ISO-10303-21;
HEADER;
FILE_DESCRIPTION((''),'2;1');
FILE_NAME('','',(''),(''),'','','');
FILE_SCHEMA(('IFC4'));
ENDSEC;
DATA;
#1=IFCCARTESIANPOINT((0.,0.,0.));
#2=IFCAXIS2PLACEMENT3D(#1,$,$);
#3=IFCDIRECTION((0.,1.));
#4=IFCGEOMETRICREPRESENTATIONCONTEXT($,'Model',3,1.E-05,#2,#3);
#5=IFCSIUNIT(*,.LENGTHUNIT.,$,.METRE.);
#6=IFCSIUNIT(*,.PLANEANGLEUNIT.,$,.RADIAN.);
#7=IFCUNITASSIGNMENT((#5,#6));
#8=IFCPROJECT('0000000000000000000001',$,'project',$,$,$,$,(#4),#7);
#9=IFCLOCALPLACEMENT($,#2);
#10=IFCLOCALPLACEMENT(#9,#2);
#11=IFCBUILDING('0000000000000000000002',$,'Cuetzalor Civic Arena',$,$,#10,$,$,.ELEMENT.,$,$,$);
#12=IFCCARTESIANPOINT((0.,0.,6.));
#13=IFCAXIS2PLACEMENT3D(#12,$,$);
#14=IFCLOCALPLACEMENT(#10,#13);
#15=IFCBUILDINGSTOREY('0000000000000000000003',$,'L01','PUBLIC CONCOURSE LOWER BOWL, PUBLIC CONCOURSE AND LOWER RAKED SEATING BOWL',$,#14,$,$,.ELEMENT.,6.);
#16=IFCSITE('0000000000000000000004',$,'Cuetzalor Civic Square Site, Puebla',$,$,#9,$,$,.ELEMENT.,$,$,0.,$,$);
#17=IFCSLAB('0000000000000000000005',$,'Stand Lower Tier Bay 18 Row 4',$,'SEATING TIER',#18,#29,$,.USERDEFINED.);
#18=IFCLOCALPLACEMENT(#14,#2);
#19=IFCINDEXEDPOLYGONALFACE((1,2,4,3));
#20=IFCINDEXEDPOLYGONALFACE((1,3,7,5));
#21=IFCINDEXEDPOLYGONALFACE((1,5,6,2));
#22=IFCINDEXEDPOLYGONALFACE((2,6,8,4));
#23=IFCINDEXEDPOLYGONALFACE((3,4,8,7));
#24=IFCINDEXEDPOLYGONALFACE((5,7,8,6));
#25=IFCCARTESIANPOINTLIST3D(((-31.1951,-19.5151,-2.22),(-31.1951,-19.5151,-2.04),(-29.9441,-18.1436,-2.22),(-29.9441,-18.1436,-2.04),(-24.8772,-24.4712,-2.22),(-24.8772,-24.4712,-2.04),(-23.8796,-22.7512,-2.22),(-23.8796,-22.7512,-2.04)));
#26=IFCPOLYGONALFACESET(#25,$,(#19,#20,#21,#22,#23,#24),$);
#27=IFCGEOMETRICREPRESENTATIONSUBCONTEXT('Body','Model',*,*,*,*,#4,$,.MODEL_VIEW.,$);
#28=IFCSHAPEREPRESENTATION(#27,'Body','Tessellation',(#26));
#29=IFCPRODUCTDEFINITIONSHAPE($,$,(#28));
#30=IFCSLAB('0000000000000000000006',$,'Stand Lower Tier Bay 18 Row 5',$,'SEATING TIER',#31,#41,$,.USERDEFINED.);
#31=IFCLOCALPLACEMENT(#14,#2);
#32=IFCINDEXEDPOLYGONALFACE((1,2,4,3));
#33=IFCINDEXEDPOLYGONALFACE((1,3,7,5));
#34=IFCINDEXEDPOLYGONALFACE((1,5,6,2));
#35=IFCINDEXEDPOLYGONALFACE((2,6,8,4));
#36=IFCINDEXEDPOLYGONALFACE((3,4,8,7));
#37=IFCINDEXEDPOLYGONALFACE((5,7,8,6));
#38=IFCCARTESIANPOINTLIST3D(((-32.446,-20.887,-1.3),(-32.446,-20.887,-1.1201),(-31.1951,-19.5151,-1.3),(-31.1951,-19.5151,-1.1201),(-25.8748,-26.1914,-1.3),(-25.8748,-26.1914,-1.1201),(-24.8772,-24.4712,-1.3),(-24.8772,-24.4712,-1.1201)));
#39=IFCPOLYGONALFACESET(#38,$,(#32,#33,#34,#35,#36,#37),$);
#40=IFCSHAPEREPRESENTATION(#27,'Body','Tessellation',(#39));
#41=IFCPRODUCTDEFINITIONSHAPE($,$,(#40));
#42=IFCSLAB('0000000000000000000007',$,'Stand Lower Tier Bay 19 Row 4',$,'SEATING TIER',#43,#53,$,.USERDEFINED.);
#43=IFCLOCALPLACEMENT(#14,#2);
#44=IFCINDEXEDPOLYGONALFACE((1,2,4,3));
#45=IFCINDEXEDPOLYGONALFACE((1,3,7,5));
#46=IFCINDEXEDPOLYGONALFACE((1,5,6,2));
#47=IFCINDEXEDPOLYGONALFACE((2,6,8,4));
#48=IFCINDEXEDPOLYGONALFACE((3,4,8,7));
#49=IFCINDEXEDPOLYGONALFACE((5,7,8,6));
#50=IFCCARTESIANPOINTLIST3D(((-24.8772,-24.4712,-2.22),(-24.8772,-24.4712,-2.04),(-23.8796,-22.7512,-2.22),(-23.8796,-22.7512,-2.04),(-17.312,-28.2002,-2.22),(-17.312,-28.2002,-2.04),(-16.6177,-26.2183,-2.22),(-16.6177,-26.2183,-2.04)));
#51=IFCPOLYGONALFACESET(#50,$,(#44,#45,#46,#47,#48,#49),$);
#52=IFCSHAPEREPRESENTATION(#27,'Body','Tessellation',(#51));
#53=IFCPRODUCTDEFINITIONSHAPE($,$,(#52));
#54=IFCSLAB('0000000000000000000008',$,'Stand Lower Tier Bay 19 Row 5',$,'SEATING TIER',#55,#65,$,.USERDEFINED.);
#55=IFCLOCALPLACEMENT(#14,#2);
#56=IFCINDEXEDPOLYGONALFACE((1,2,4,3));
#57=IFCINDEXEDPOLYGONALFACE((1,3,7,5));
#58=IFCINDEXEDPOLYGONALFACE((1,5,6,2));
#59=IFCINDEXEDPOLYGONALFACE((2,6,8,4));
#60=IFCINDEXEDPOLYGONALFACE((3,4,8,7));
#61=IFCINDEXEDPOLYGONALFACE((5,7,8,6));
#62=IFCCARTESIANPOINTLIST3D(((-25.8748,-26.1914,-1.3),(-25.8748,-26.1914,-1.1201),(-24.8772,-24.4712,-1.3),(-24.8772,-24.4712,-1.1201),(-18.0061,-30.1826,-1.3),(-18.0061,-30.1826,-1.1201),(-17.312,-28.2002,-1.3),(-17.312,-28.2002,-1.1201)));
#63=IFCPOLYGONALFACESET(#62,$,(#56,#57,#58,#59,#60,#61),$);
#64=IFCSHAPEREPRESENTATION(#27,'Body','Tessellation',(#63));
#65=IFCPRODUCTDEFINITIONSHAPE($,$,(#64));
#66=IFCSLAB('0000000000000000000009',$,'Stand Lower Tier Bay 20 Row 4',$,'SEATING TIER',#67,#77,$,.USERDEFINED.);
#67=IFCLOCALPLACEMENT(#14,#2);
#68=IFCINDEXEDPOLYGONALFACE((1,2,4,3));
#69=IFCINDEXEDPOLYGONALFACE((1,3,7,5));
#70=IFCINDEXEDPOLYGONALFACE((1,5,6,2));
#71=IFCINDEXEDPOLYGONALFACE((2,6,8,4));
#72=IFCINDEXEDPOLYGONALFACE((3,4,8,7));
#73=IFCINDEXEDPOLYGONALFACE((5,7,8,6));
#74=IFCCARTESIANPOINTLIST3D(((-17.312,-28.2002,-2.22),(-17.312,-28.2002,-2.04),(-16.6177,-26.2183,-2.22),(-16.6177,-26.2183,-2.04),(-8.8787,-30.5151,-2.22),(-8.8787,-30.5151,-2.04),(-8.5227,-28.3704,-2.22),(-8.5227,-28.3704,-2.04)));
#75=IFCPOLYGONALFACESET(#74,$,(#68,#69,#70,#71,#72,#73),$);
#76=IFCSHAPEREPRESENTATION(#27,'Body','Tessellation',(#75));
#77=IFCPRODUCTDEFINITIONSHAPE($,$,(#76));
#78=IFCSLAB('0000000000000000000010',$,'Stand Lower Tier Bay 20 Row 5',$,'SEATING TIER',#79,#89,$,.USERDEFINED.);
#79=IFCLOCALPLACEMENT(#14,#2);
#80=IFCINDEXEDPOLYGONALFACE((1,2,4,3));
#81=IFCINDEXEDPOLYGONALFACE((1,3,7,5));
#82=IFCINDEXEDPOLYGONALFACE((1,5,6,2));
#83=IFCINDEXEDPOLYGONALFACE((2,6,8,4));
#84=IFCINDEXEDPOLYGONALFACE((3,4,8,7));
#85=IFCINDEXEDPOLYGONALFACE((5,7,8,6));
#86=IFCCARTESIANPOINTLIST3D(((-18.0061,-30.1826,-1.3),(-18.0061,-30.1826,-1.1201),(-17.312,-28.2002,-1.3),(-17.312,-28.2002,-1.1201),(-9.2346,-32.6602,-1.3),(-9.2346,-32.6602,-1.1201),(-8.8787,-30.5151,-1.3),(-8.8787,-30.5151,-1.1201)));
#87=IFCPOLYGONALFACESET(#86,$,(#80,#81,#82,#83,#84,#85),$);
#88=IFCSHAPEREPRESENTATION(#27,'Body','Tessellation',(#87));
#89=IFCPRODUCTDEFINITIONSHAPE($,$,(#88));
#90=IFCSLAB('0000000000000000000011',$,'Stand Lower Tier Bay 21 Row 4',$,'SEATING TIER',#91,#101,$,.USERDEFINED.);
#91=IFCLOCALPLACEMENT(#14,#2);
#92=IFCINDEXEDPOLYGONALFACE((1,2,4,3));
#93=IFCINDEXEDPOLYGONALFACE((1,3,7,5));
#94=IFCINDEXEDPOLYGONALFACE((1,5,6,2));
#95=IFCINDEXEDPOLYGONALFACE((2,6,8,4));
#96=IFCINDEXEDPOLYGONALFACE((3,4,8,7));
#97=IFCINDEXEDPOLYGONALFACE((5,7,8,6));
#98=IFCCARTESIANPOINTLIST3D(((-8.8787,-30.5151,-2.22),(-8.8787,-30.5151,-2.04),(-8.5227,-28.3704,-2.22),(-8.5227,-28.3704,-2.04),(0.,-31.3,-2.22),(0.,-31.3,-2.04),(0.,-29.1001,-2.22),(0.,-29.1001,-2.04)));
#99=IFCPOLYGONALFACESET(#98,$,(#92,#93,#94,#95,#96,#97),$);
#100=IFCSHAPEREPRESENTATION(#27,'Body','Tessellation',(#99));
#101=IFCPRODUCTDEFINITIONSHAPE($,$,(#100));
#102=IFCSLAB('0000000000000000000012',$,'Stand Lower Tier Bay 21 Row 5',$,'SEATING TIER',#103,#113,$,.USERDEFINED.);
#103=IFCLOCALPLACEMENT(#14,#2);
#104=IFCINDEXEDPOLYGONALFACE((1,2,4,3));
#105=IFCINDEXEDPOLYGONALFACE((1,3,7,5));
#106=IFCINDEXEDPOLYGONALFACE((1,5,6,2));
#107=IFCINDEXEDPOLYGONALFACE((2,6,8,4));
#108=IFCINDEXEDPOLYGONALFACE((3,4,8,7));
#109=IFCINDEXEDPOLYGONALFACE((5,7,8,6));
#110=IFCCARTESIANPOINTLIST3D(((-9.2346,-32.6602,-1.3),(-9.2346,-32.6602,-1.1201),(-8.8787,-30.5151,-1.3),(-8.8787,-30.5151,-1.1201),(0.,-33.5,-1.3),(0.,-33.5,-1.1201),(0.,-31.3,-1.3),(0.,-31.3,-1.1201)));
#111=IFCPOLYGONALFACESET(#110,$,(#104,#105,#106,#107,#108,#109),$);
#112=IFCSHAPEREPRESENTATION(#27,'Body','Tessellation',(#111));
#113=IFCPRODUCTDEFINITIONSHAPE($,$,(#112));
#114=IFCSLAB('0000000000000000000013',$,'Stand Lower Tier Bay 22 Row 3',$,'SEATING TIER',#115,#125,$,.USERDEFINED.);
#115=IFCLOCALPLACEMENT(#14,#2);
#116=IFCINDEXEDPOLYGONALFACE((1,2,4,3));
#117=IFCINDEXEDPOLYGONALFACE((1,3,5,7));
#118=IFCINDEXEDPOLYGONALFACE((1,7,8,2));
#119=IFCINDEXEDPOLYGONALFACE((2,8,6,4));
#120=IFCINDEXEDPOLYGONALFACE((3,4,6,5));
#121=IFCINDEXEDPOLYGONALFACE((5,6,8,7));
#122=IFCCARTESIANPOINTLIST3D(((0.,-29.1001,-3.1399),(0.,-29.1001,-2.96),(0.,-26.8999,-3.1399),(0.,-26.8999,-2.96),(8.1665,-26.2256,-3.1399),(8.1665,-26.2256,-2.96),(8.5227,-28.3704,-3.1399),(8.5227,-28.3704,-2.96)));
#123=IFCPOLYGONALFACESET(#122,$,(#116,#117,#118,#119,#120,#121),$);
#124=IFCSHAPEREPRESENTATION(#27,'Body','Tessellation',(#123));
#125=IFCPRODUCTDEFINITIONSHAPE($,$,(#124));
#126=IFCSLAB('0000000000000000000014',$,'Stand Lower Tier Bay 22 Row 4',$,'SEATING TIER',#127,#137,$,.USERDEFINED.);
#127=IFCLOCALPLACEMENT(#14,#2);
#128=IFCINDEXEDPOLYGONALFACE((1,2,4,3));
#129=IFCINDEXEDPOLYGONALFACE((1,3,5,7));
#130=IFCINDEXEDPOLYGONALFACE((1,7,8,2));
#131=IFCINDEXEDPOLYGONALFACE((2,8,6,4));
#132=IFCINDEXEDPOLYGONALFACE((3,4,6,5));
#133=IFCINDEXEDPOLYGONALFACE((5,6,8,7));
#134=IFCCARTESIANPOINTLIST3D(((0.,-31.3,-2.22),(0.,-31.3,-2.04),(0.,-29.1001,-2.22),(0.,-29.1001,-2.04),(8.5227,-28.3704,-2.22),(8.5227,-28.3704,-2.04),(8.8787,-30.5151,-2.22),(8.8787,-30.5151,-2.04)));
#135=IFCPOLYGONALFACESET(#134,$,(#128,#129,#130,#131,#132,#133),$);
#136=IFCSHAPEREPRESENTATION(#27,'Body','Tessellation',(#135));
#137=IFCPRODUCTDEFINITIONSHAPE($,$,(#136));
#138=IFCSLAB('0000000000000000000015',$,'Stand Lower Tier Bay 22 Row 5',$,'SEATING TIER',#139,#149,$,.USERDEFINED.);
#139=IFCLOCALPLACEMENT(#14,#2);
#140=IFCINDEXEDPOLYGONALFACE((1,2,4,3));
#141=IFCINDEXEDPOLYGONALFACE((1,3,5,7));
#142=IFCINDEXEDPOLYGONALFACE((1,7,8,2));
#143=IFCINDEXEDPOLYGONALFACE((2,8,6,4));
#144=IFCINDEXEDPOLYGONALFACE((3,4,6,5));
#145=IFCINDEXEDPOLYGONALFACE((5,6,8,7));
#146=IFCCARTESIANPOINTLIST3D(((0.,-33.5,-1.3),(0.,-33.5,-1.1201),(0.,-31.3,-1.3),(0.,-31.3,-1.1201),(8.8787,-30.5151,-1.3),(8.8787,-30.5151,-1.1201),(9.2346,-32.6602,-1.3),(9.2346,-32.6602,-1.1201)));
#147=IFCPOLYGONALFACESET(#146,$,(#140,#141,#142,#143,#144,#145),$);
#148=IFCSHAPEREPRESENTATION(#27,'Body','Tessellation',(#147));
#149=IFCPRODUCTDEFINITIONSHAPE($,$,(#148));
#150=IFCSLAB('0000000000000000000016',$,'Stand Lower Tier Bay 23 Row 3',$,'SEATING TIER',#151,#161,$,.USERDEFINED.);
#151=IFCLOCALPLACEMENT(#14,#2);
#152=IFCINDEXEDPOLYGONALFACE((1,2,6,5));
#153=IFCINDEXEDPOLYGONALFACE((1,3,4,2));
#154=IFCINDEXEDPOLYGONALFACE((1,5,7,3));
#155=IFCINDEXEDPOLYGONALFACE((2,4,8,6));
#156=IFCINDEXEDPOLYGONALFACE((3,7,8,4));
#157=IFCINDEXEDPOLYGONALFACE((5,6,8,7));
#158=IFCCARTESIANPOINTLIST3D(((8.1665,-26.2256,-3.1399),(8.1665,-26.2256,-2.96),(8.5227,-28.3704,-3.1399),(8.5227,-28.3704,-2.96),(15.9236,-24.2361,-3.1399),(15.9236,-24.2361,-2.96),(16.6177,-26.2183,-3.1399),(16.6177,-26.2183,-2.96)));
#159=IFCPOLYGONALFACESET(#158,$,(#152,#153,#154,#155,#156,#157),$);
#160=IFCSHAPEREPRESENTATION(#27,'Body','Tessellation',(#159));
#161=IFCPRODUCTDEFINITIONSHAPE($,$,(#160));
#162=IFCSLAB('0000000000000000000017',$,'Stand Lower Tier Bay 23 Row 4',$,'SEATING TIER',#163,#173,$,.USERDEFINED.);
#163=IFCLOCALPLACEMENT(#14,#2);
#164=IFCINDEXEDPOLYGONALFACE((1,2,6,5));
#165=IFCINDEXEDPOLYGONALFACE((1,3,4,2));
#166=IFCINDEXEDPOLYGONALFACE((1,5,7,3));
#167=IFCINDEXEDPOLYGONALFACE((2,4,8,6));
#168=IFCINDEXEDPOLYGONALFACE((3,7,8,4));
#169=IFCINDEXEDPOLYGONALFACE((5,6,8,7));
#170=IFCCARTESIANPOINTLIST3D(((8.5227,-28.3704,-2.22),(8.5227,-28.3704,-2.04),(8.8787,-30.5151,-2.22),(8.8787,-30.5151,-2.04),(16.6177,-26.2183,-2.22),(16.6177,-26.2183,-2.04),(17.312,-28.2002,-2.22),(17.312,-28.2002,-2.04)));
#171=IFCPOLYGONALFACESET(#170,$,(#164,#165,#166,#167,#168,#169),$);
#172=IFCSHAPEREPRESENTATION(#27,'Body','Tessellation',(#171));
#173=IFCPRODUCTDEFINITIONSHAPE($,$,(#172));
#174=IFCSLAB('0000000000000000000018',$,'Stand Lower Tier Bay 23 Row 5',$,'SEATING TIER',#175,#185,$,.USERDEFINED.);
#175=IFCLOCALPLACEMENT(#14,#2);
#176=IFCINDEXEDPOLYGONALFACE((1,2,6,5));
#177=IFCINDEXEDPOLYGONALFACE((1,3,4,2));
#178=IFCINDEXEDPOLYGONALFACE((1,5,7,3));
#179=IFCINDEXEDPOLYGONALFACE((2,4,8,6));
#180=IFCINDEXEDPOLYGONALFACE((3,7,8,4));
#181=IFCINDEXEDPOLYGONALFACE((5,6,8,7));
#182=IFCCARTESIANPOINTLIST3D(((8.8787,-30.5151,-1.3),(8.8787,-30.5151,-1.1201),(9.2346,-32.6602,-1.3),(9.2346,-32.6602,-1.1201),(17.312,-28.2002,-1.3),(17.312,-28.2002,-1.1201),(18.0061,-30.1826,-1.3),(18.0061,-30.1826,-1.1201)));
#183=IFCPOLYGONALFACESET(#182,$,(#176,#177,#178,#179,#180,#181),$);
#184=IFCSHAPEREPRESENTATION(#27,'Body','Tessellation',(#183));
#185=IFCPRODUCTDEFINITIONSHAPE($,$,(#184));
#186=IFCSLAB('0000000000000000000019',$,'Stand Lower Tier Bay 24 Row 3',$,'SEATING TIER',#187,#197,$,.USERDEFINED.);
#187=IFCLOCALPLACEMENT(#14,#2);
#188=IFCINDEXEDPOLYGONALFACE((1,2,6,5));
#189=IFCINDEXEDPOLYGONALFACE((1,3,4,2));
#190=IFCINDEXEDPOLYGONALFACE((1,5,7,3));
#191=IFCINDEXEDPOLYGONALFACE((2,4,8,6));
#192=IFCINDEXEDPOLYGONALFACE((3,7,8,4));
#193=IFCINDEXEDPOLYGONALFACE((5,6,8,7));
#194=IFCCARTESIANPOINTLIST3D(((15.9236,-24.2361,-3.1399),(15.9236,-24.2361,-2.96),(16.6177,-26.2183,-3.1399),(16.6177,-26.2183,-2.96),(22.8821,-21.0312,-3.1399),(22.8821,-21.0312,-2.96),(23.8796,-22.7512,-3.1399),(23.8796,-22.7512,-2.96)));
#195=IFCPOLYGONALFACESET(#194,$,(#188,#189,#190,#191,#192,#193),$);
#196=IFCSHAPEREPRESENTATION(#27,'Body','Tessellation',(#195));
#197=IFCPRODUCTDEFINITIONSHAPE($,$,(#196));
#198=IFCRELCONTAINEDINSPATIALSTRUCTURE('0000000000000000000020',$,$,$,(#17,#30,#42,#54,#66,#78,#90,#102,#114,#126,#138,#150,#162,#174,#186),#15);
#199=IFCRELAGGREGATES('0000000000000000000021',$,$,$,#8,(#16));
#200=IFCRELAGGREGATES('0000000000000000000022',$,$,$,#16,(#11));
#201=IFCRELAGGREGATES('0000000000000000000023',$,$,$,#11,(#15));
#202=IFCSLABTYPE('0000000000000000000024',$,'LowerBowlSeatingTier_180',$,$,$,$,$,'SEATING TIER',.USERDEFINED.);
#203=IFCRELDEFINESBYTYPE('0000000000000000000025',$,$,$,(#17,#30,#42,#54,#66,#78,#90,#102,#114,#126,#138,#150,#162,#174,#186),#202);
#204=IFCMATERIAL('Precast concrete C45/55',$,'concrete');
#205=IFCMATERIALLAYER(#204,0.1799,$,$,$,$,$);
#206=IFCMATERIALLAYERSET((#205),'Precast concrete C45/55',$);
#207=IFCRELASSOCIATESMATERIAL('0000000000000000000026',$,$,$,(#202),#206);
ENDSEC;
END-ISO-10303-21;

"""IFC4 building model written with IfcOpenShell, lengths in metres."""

from ifc_helpers import new_model, si_unit, direction, frame, origin, place, context, subcontext, project, spatial, polyline, outline, extrude, material, layer, layer_set, type_object, element, save


model = new_model("IFC4")

# Units and contexts
model_context = context("Model", 3, precision=1e-05, world=origin(), true_north=direction((0.0, 1.0)))
body_context = subcontext(model_context, "Body", "Model", "MODEL_VIEW")
ifc_project = project(units=[si_unit("LENGTHUNIT", "METRE"), si_unit("PLANEANGLEUNIT", "RADIAN")], contexts=[model_context])

# Site, building, storey
site_placement = place(None, origin())
site = spatial("IfcSite", under=ifc_project, at=site_placement, Name="Cuetzalor Civic Square Site, Puebla", CompositionType="ELEMENT", RefElevation=0.0)
building_placement = place(site_placement, origin())
building = spatial("IfcBuilding", under=site, at=building_placement, Name="Cuetzalor Civic Arena", CompositionType="ELEMENT")
storey_placement = place(building_placement, frame((0.0, 0.0, 6.0)))
storey = spatial("IfcBuildingStorey", under=building, at=storey_placement, Name="L01", Description="PUBLIC CONCOURSE LOWER BOWL, PUBLIC CONCOURSE AND LOWER RAKED SEATING BOWL", CompositionType="ELEMENT", Elevation=6.0)

# Slabs
ifc_material = material(Name="Precast concrete C45/55", Category="concrete")
ifc_layer = layer(ifc_material, 0.1799)
ifc_layer_set = layer_set([ifc_layer], Name="Precast concrete C45/55")
slab_type = type_object("IfcSlabType", Name="LowerBowlSeatingTier_180", ElementType="SEATING TIER", PredefinedType="USERDEFINED", material=ifc_layer_set)
slab_1_placement = place(storey_placement, frame((0.0, 0.0, -2.22)))
element("IfcSlab", 1, at=slab_1_placement, inside=storey, type_object=slab_type, Name="Stand Lower Tier Bay 18 Row 4", ObjectType="SEATING TIER", PredefinedType="USERDEFINED", context=body_context, shape_type="SweptSolid", body=[
    extrude(outline(polyline([(-29.9441, -18.1436), (-23.8796, -22.7512), (-24.8772, -24.4712), (-31.1951, -19.5151), (-29.9441, -18.1436)])), origin(), (0.0, 0.0, 1.0), 0.1799),
])
slab_2_placement = place(storey_placement, frame((0.0, 0.0, -1.3)))
element("IfcSlab", 2, at=slab_2_placement, inside=storey, type_object=slab_type, Name="Stand Lower Tier Bay 18 Row 5", ObjectType="SEATING TIER", PredefinedType="USERDEFINED", context=body_context, shape_type="SweptSolid", body=[
    extrude(outline(polyline([(-31.1951, -19.5151), (-24.8772, -24.4712), (-25.8748, -26.1914), (-32.446, -20.887), (-31.1951, -19.5151)])), origin(), (0.0, 0.0, 1.0), 0.1799),
])
slab_3_placement = place(storey_placement, frame((0.0, 0.0, -2.22)))
element("IfcSlab", 3, at=slab_3_placement, inside=storey, type_object=slab_type, Name="Stand Lower Tier Bay 19 Row 4", ObjectType="SEATING TIER", PredefinedType="USERDEFINED", context=body_context, shape_type="SweptSolid", body=[
    extrude(outline(polyline([(-23.8796, -22.7512), (-16.6177, -26.2183), (-17.312, -28.2002), (-24.8772, -24.4712), (-23.8796, -22.7512)])), origin(), (0.0, 0.0, 1.0), 0.1799),
])
slab_4_placement = place(storey_placement, frame((0.0, 0.0, -1.3)))
element("IfcSlab", 4, at=slab_4_placement, inside=storey, type_object=slab_type, Name="Stand Lower Tier Bay 19 Row 5", ObjectType="SEATING TIER", PredefinedType="USERDEFINED", context=body_context, shape_type="SweptSolid", body=[
    extrude(outline(polyline([(-24.8772, -24.4712), (-17.312, -28.2002), (-18.0061, -30.1826), (-25.8748, -26.1914), (-24.8772, -24.4712)])), origin(), (0.0, 0.0, 1.0), 0.1799),
])
slab_5_placement = place(storey_placement, frame((0.0, 0.0, -2.22)))
element("IfcSlab", 5, at=slab_5_placement, inside=storey, type_object=slab_type, Name="Stand Lower Tier Bay 20 Row 4", ObjectType="SEATING TIER", PredefinedType="USERDEFINED", context=body_context, shape_type="SweptSolid", body=[
    extrude(outline(polyline([(-16.6177, -26.2183), (-8.5227, -28.3704), (-8.8787, -30.5151), (-17.312, -28.2002), (-16.6177, -26.2183)])), origin(), (0.0, 0.0, 1.0), 0.1799),
])
slab_6_placement = place(storey_placement, frame((0.0, 0.0, -1.3)))
element("IfcSlab", 6, at=slab_6_placement, inside=storey, type_object=slab_type, Name="Stand Lower Tier Bay 20 Row 5", ObjectType="SEATING TIER", PredefinedType="USERDEFINED", context=body_context, shape_type="SweptSolid", body=[
    extrude(outline(polyline([(-17.312, -28.2002), (-8.8787, -30.5151), (-9.2346, -32.6602), (-18.0061, -30.1826), (-17.312, -28.2002)])), origin(), (0.0, 0.0, 1.0), 0.1799),
])
slab_7_placement = place(storey_placement, frame((0.0, 0.0, -2.22)))
element("IfcSlab", 7, at=slab_7_placement, inside=storey, type_object=slab_type, Name="Stand Lower Tier Bay 21 Row 4", ObjectType="SEATING TIER", PredefinedType="USERDEFINED", context=body_context, shape_type="SweptSolid", body=[
    extrude(outline(polyline([(-8.5227, -28.3704), (0.0, -29.1001), (0.0, -31.3), (-8.8787, -30.5151), (-8.5227, -28.3704)])), origin(), (0.0, 0.0, 1.0), 0.1799),
])
slab_8_placement = place(storey_placement, frame((0.0, 0.0, -1.3)))
element("IfcSlab", 8, at=slab_8_placement, inside=storey, type_object=slab_type, Name="Stand Lower Tier Bay 21 Row 5", ObjectType="SEATING TIER", PredefinedType="USERDEFINED", context=body_context, shape_type="SweptSolid", body=[
    extrude(outline(polyline([(-8.8787, -30.5151), (0.0, -31.3), (0.0, -33.5), (-9.2346, -32.6602), (-8.8787, -30.5151)])), origin(), (0.0, 0.0, 1.0), 0.1799),
])
slab_9_placement = place(storey_placement, frame((0.0, 0.0, -3.1399)))
element("IfcSlab", 9, at=slab_9_placement, inside=storey, type_object=slab_type, Name="Stand Lower Tier Bay 22 Row 3", ObjectType="SEATING TIER", PredefinedType="USERDEFINED", context=body_context, shape_type="SweptSolid", body=[
    extrude(outline(polyline([(0.0, -26.8999), (8.1665, -26.2256), (8.5227, -28.3704), (0.0, -29.1001), (0.0, -26.8999)])), origin(), (0.0, 0.0, 1.0), 0.1799),
])
slab_10_placement = place(storey_placement, frame((0.0, 0.0, -2.22)))
element("IfcSlab", 10, at=slab_10_placement, inside=storey, type_object=slab_type, Name="Stand Lower Tier Bay 22 Row 4", ObjectType="SEATING TIER", PredefinedType="USERDEFINED", context=body_context, shape_type="SweptSolid", body=[
    extrude(outline(polyline([(0.0, -29.1001), (8.5227, -28.3704), (8.8787, -30.5151), (0.0, -31.3), (0.0, -29.1001)])), origin(), (0.0, 0.0, 1.0), 0.1799),
])
slab_11_placement = place(storey_placement, frame((0.0, 0.0, -1.3)))
element("IfcSlab", 11, at=slab_11_placement, inside=storey, type_object=slab_type, Name="Stand Lower Tier Bay 22 Row 5", ObjectType="SEATING TIER", PredefinedType="USERDEFINED", context=body_context, shape_type="SweptSolid", body=[
    extrude(outline(polyline([(0.0, -31.3), (8.8787, -30.5151), (9.2346, -32.6602), (0.0, -33.5), (0.0, -31.3)])), origin(), (0.0, 0.0, 1.0), 0.1799),
])
slab_12_placement = place(storey_placement, frame((0.0, 0.0, -3.1399)))
element("IfcSlab", 12, at=slab_12_placement, inside=storey, type_object=slab_type, Name="Stand Lower Tier Bay 23 Row 3", ObjectType="SEATING TIER", PredefinedType="USERDEFINED", context=body_context, shape_type="SweptSolid", body=[
    extrude(outline(polyline([(8.1665, -26.2256), (15.9236, -24.2361), (16.6177, -26.2183), (8.5227, -28.3704), (8.1665, -26.2256)])), origin(), (0.0, 0.0, 1.0), 0.1799),
])
slab_13_placement = place(storey_placement, frame((0.0, 0.0, -2.22)))
element("IfcSlab", 13, at=slab_13_placement, inside=storey, type_object=slab_type, Name="Stand Lower Tier Bay 23 Row 4", ObjectType="SEATING TIER", PredefinedType="USERDEFINED", context=body_context, shape_type="SweptSolid", body=[
    extrude(outline(polyline([(8.5227, -28.3704), (16.6177, -26.2183), (17.312, -28.2002), (8.8787, -30.5151), (8.5227, -28.3704)])), origin(), (0.0, 0.0, 1.0), 0.1799),
])
slab_14_placement = place(storey_placement, frame((0.0, 0.0, -1.3)))
element("IfcSlab", 14, at=slab_14_placement, inside=storey, type_object=slab_type, Name="Stand Lower Tier Bay 23 Row 5", ObjectType="SEATING TIER", PredefinedType="USERDEFINED", context=body_context, shape_type="SweptSolid", body=[
    extrude(outline(polyline([(8.8787, -30.5151), (17.312, -28.2002), (18.0061, -30.1826), (9.2346, -32.6602), (8.8787, -30.5151)])), origin(), (0.0, 0.0, 1.0), 0.1799),
])
slab_15_placement = place(storey_placement, frame((0.0, 0.0, -3.1399)))
element("IfcSlab", 15, at=slab_15_placement, inside=storey, type_object=slab_type, Name="Stand Lower Tier Bay 24 Row 3", ObjectType="SEATING TIER", PredefinedType="USERDEFINED", context=body_context, shape_type="SweptSolid", body=[
    extrude(outline(polyline([(15.9236, -24.2361), (22.8821, -21.0312), (23.8796, -22.7512), (16.6177, -26.2183), (15.9236, -24.2361)])), origin(), (0.0, 0.0, 1.0), 0.1799),
])

save(model, "model.ifc")
